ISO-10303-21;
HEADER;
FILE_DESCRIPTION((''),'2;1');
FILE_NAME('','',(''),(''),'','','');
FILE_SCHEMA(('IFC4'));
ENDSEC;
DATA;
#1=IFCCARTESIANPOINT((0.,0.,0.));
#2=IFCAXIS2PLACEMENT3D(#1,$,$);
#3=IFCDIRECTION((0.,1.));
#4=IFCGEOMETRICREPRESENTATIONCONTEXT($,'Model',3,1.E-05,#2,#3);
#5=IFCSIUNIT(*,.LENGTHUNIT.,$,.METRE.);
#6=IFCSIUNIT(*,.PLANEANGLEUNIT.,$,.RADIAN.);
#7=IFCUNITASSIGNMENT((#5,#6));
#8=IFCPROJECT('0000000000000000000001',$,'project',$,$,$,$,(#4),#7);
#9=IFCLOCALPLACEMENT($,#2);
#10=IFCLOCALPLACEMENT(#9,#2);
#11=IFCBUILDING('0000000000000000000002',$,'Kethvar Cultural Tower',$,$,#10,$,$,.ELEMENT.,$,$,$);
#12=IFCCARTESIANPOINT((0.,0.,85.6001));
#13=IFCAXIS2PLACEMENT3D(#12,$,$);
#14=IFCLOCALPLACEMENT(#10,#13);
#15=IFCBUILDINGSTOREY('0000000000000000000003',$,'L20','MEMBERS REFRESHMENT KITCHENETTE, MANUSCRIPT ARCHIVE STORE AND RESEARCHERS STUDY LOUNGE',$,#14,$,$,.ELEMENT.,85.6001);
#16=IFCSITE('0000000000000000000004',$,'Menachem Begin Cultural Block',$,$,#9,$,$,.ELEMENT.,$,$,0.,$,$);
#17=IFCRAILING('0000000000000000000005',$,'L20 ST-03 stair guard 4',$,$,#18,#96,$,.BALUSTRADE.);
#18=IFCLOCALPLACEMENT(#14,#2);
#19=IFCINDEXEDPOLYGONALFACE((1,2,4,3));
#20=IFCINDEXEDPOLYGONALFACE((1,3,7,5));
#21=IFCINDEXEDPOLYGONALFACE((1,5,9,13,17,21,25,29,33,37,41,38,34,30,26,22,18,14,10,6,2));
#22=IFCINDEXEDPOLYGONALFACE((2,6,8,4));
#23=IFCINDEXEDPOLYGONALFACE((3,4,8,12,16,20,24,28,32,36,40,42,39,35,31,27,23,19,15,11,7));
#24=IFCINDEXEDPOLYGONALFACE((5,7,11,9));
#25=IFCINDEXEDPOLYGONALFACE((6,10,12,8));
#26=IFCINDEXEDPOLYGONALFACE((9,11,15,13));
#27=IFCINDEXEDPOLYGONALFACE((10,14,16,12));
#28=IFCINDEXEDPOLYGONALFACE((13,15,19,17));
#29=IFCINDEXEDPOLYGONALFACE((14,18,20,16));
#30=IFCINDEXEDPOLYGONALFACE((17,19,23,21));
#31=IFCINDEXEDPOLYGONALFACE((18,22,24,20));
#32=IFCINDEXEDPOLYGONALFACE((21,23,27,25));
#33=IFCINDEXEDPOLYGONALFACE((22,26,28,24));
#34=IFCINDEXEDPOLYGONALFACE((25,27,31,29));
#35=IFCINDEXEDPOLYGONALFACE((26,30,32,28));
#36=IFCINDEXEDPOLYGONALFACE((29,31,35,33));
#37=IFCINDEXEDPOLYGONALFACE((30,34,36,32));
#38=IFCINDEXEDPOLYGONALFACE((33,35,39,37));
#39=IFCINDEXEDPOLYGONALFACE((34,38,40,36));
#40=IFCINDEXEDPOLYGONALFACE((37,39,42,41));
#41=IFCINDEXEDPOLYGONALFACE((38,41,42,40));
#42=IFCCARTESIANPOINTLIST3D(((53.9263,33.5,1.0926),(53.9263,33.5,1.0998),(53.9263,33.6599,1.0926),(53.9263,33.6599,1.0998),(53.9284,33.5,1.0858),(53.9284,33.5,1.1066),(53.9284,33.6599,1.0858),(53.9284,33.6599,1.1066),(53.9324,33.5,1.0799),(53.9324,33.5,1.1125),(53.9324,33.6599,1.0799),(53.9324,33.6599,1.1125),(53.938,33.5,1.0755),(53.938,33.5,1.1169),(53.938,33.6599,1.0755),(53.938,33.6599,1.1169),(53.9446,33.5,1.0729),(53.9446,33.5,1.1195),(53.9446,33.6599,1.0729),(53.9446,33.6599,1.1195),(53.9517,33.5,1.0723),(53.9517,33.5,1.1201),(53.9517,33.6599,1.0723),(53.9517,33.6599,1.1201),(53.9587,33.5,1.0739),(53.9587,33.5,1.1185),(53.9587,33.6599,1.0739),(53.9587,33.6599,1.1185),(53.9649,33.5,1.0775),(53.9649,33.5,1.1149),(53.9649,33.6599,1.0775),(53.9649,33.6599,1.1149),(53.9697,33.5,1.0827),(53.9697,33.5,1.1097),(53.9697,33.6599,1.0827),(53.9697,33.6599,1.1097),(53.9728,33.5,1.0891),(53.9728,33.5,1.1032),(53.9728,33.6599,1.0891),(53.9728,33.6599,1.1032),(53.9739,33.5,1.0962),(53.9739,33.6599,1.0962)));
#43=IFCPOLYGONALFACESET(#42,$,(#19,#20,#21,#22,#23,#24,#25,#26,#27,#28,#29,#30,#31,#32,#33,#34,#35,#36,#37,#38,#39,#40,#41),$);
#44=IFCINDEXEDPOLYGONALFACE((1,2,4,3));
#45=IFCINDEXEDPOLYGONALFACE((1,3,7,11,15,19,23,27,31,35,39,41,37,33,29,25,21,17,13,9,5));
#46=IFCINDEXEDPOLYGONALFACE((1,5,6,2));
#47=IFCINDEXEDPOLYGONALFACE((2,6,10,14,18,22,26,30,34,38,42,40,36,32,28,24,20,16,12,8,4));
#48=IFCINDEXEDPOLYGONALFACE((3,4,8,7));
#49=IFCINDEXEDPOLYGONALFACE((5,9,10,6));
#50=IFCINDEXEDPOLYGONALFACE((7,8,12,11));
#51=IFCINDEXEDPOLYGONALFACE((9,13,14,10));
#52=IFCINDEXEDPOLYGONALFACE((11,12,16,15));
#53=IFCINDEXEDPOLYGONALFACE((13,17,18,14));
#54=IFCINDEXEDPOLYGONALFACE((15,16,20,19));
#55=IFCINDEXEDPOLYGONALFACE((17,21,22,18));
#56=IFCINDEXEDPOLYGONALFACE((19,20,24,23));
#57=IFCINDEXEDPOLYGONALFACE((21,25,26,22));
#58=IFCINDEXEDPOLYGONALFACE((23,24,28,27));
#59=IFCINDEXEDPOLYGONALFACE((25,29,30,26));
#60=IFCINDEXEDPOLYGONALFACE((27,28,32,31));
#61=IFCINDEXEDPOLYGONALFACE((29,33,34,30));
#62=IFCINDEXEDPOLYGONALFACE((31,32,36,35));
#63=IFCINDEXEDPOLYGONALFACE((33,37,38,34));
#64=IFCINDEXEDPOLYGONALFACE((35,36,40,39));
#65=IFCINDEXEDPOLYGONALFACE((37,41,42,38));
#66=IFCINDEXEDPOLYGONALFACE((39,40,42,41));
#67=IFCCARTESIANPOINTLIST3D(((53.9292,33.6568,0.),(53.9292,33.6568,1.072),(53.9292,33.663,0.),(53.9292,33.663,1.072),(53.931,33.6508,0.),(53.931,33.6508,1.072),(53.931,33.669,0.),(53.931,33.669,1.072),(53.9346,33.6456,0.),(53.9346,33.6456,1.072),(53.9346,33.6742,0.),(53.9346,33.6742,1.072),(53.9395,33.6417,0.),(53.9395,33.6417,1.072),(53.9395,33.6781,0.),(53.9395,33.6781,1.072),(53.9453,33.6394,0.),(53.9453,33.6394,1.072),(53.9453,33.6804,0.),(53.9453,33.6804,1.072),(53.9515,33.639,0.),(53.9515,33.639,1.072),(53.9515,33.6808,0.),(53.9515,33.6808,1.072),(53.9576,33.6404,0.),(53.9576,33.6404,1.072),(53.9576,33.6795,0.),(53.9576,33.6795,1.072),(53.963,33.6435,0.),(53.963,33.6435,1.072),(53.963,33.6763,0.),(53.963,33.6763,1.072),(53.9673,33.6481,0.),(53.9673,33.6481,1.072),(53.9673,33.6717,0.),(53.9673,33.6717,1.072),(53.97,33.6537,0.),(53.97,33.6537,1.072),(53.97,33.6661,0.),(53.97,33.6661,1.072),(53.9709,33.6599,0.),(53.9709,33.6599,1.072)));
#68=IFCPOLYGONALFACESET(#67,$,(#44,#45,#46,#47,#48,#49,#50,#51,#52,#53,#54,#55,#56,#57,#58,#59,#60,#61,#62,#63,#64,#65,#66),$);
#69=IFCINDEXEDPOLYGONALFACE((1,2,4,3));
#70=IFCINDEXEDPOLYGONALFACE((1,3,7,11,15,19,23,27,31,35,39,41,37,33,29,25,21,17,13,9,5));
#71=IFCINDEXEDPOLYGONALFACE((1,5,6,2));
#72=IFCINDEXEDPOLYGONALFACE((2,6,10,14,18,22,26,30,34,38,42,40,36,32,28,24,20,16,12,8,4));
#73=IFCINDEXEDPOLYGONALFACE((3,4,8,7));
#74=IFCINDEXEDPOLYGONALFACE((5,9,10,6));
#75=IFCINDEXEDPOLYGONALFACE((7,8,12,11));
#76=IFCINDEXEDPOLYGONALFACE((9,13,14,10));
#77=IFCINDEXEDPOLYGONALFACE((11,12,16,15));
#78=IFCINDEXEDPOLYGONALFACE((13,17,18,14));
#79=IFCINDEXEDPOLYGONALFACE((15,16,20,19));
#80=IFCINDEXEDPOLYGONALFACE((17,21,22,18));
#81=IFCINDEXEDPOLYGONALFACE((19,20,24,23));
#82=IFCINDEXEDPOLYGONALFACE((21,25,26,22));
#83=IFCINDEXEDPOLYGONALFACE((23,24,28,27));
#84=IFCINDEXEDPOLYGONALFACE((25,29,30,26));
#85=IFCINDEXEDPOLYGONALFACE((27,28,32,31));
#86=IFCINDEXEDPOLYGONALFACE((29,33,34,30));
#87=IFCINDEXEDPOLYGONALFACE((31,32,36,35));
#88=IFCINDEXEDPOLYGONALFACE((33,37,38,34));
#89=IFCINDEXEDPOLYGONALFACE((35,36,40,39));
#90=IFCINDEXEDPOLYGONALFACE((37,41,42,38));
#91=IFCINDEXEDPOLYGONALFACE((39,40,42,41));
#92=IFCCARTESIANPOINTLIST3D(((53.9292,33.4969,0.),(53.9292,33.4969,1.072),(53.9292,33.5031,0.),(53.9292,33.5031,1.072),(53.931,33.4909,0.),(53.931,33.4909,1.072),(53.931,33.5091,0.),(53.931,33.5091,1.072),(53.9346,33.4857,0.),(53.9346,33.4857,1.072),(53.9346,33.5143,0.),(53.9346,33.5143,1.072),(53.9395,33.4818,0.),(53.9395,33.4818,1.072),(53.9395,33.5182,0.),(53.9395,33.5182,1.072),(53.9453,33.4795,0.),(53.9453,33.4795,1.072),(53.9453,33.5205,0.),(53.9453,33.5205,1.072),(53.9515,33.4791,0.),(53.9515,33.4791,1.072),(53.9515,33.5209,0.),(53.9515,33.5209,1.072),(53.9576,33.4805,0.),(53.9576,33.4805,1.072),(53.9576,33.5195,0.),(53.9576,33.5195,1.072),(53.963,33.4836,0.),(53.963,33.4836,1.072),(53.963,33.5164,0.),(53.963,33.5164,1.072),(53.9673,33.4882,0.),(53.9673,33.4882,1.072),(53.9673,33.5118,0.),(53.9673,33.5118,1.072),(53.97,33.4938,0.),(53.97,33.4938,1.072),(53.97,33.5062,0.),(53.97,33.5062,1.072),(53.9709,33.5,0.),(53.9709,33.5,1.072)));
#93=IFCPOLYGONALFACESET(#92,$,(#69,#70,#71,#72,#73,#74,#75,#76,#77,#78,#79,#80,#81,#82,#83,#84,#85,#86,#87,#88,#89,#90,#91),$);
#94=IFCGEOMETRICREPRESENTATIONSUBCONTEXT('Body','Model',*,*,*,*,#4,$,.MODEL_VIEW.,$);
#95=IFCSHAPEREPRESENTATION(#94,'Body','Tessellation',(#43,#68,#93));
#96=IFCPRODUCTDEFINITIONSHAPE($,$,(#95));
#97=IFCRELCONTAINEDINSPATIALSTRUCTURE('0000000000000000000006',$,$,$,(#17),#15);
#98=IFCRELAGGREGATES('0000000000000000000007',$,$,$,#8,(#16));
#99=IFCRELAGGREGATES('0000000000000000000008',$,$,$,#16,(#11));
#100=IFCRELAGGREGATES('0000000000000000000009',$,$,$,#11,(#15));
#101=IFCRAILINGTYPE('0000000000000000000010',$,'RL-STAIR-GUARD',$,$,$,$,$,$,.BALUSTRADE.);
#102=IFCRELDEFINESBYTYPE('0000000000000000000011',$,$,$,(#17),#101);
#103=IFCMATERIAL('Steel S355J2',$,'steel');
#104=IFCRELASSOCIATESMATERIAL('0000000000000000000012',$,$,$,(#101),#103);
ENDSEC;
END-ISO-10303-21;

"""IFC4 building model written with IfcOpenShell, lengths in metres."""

from ifc_helpers import new_model, si_unit, direction, frame, origin, origin_2d, place, context, subcontext, project, spatial, circle, extrude, material, type_object, element, save


model = new_model("IFC4")

# Units and contexts
model_context = context("Model", 3, precision=1e-05, world=origin(), true_north=direction((0.0, 1.0)))
body_context = subcontext(model_context, "Body", "Model", "MODEL_VIEW")
ifc_project = project(units=[si_unit("LENGTHUNIT", "METRE"), si_unit("PLANEANGLEUNIT", "RADIAN")], contexts=[model_context])

# Site, building, storey
site_placement = place(None, origin())
site = spatial("IfcSite", under=ifc_project, at=site_placement, Name="Menachem Begin Cultural Block", CompositionType="ELEMENT", RefElevation=0.0)
building_placement = place(site_placement, origin())
building = spatial("IfcBuilding", under=site, at=building_placement, Name="Kethvar Cultural Tower", CompositionType="ELEMENT")
storey_placement = place(building_placement, frame((0.0, 0.0, 85.6001)))
storey = spatial("IfcBuildingStorey", under=building, at=storey_placement, Name="L20", Description="MEMBERS REFRESHMENT KITCHENETTE, MANUSCRIPT ARCHIVE STORE AND RESEARCHERS STUDY LOUNGE", CompositionType="ELEMENT", Elevation=85.6001)

# Shared definitions
ifc_material_1 = material(Name="Steel S355J2", Category="steel")

# Railing
railing_type_1 = type_object("IfcRailingType", Name="RL-STAIR-GUARD", PredefinedType="BALUSTRADE", material=ifc_material_1)
railing_1_placement = place(storey_placement, frame((53.95, 33.6599, 0.0)))
element("IfcRailing", 1, at=railing_1_placement, inside=storey, type_object=railing_type_1, Name="L20 ST-03 stair guard 4", PredefinedType="BALUSTRADE", context=body_context, shape_type="SweptSolid", body=[
    extrude(circle(Radius=0.0239, at=origin_2d()), frame((0.0, 0.0, 1.0962), z_axis=(0.0, -1.0, 0.0), x_axis=(1.0, 0.0, 0.0)), (0.0, 0.0, 1.0), 0.1599),
    extrude(circle(Radius=0.021, at=origin_2d()), origin(), (0.0, 0.0, 1.0), 1.072),
    extrude(circle(Radius=0.021, at=origin_2d()), frame((0.0, -0.1599, 0.0)), (0.0, 0.0, 1.0), 1.072),
])

save(model, "model.ifc")
